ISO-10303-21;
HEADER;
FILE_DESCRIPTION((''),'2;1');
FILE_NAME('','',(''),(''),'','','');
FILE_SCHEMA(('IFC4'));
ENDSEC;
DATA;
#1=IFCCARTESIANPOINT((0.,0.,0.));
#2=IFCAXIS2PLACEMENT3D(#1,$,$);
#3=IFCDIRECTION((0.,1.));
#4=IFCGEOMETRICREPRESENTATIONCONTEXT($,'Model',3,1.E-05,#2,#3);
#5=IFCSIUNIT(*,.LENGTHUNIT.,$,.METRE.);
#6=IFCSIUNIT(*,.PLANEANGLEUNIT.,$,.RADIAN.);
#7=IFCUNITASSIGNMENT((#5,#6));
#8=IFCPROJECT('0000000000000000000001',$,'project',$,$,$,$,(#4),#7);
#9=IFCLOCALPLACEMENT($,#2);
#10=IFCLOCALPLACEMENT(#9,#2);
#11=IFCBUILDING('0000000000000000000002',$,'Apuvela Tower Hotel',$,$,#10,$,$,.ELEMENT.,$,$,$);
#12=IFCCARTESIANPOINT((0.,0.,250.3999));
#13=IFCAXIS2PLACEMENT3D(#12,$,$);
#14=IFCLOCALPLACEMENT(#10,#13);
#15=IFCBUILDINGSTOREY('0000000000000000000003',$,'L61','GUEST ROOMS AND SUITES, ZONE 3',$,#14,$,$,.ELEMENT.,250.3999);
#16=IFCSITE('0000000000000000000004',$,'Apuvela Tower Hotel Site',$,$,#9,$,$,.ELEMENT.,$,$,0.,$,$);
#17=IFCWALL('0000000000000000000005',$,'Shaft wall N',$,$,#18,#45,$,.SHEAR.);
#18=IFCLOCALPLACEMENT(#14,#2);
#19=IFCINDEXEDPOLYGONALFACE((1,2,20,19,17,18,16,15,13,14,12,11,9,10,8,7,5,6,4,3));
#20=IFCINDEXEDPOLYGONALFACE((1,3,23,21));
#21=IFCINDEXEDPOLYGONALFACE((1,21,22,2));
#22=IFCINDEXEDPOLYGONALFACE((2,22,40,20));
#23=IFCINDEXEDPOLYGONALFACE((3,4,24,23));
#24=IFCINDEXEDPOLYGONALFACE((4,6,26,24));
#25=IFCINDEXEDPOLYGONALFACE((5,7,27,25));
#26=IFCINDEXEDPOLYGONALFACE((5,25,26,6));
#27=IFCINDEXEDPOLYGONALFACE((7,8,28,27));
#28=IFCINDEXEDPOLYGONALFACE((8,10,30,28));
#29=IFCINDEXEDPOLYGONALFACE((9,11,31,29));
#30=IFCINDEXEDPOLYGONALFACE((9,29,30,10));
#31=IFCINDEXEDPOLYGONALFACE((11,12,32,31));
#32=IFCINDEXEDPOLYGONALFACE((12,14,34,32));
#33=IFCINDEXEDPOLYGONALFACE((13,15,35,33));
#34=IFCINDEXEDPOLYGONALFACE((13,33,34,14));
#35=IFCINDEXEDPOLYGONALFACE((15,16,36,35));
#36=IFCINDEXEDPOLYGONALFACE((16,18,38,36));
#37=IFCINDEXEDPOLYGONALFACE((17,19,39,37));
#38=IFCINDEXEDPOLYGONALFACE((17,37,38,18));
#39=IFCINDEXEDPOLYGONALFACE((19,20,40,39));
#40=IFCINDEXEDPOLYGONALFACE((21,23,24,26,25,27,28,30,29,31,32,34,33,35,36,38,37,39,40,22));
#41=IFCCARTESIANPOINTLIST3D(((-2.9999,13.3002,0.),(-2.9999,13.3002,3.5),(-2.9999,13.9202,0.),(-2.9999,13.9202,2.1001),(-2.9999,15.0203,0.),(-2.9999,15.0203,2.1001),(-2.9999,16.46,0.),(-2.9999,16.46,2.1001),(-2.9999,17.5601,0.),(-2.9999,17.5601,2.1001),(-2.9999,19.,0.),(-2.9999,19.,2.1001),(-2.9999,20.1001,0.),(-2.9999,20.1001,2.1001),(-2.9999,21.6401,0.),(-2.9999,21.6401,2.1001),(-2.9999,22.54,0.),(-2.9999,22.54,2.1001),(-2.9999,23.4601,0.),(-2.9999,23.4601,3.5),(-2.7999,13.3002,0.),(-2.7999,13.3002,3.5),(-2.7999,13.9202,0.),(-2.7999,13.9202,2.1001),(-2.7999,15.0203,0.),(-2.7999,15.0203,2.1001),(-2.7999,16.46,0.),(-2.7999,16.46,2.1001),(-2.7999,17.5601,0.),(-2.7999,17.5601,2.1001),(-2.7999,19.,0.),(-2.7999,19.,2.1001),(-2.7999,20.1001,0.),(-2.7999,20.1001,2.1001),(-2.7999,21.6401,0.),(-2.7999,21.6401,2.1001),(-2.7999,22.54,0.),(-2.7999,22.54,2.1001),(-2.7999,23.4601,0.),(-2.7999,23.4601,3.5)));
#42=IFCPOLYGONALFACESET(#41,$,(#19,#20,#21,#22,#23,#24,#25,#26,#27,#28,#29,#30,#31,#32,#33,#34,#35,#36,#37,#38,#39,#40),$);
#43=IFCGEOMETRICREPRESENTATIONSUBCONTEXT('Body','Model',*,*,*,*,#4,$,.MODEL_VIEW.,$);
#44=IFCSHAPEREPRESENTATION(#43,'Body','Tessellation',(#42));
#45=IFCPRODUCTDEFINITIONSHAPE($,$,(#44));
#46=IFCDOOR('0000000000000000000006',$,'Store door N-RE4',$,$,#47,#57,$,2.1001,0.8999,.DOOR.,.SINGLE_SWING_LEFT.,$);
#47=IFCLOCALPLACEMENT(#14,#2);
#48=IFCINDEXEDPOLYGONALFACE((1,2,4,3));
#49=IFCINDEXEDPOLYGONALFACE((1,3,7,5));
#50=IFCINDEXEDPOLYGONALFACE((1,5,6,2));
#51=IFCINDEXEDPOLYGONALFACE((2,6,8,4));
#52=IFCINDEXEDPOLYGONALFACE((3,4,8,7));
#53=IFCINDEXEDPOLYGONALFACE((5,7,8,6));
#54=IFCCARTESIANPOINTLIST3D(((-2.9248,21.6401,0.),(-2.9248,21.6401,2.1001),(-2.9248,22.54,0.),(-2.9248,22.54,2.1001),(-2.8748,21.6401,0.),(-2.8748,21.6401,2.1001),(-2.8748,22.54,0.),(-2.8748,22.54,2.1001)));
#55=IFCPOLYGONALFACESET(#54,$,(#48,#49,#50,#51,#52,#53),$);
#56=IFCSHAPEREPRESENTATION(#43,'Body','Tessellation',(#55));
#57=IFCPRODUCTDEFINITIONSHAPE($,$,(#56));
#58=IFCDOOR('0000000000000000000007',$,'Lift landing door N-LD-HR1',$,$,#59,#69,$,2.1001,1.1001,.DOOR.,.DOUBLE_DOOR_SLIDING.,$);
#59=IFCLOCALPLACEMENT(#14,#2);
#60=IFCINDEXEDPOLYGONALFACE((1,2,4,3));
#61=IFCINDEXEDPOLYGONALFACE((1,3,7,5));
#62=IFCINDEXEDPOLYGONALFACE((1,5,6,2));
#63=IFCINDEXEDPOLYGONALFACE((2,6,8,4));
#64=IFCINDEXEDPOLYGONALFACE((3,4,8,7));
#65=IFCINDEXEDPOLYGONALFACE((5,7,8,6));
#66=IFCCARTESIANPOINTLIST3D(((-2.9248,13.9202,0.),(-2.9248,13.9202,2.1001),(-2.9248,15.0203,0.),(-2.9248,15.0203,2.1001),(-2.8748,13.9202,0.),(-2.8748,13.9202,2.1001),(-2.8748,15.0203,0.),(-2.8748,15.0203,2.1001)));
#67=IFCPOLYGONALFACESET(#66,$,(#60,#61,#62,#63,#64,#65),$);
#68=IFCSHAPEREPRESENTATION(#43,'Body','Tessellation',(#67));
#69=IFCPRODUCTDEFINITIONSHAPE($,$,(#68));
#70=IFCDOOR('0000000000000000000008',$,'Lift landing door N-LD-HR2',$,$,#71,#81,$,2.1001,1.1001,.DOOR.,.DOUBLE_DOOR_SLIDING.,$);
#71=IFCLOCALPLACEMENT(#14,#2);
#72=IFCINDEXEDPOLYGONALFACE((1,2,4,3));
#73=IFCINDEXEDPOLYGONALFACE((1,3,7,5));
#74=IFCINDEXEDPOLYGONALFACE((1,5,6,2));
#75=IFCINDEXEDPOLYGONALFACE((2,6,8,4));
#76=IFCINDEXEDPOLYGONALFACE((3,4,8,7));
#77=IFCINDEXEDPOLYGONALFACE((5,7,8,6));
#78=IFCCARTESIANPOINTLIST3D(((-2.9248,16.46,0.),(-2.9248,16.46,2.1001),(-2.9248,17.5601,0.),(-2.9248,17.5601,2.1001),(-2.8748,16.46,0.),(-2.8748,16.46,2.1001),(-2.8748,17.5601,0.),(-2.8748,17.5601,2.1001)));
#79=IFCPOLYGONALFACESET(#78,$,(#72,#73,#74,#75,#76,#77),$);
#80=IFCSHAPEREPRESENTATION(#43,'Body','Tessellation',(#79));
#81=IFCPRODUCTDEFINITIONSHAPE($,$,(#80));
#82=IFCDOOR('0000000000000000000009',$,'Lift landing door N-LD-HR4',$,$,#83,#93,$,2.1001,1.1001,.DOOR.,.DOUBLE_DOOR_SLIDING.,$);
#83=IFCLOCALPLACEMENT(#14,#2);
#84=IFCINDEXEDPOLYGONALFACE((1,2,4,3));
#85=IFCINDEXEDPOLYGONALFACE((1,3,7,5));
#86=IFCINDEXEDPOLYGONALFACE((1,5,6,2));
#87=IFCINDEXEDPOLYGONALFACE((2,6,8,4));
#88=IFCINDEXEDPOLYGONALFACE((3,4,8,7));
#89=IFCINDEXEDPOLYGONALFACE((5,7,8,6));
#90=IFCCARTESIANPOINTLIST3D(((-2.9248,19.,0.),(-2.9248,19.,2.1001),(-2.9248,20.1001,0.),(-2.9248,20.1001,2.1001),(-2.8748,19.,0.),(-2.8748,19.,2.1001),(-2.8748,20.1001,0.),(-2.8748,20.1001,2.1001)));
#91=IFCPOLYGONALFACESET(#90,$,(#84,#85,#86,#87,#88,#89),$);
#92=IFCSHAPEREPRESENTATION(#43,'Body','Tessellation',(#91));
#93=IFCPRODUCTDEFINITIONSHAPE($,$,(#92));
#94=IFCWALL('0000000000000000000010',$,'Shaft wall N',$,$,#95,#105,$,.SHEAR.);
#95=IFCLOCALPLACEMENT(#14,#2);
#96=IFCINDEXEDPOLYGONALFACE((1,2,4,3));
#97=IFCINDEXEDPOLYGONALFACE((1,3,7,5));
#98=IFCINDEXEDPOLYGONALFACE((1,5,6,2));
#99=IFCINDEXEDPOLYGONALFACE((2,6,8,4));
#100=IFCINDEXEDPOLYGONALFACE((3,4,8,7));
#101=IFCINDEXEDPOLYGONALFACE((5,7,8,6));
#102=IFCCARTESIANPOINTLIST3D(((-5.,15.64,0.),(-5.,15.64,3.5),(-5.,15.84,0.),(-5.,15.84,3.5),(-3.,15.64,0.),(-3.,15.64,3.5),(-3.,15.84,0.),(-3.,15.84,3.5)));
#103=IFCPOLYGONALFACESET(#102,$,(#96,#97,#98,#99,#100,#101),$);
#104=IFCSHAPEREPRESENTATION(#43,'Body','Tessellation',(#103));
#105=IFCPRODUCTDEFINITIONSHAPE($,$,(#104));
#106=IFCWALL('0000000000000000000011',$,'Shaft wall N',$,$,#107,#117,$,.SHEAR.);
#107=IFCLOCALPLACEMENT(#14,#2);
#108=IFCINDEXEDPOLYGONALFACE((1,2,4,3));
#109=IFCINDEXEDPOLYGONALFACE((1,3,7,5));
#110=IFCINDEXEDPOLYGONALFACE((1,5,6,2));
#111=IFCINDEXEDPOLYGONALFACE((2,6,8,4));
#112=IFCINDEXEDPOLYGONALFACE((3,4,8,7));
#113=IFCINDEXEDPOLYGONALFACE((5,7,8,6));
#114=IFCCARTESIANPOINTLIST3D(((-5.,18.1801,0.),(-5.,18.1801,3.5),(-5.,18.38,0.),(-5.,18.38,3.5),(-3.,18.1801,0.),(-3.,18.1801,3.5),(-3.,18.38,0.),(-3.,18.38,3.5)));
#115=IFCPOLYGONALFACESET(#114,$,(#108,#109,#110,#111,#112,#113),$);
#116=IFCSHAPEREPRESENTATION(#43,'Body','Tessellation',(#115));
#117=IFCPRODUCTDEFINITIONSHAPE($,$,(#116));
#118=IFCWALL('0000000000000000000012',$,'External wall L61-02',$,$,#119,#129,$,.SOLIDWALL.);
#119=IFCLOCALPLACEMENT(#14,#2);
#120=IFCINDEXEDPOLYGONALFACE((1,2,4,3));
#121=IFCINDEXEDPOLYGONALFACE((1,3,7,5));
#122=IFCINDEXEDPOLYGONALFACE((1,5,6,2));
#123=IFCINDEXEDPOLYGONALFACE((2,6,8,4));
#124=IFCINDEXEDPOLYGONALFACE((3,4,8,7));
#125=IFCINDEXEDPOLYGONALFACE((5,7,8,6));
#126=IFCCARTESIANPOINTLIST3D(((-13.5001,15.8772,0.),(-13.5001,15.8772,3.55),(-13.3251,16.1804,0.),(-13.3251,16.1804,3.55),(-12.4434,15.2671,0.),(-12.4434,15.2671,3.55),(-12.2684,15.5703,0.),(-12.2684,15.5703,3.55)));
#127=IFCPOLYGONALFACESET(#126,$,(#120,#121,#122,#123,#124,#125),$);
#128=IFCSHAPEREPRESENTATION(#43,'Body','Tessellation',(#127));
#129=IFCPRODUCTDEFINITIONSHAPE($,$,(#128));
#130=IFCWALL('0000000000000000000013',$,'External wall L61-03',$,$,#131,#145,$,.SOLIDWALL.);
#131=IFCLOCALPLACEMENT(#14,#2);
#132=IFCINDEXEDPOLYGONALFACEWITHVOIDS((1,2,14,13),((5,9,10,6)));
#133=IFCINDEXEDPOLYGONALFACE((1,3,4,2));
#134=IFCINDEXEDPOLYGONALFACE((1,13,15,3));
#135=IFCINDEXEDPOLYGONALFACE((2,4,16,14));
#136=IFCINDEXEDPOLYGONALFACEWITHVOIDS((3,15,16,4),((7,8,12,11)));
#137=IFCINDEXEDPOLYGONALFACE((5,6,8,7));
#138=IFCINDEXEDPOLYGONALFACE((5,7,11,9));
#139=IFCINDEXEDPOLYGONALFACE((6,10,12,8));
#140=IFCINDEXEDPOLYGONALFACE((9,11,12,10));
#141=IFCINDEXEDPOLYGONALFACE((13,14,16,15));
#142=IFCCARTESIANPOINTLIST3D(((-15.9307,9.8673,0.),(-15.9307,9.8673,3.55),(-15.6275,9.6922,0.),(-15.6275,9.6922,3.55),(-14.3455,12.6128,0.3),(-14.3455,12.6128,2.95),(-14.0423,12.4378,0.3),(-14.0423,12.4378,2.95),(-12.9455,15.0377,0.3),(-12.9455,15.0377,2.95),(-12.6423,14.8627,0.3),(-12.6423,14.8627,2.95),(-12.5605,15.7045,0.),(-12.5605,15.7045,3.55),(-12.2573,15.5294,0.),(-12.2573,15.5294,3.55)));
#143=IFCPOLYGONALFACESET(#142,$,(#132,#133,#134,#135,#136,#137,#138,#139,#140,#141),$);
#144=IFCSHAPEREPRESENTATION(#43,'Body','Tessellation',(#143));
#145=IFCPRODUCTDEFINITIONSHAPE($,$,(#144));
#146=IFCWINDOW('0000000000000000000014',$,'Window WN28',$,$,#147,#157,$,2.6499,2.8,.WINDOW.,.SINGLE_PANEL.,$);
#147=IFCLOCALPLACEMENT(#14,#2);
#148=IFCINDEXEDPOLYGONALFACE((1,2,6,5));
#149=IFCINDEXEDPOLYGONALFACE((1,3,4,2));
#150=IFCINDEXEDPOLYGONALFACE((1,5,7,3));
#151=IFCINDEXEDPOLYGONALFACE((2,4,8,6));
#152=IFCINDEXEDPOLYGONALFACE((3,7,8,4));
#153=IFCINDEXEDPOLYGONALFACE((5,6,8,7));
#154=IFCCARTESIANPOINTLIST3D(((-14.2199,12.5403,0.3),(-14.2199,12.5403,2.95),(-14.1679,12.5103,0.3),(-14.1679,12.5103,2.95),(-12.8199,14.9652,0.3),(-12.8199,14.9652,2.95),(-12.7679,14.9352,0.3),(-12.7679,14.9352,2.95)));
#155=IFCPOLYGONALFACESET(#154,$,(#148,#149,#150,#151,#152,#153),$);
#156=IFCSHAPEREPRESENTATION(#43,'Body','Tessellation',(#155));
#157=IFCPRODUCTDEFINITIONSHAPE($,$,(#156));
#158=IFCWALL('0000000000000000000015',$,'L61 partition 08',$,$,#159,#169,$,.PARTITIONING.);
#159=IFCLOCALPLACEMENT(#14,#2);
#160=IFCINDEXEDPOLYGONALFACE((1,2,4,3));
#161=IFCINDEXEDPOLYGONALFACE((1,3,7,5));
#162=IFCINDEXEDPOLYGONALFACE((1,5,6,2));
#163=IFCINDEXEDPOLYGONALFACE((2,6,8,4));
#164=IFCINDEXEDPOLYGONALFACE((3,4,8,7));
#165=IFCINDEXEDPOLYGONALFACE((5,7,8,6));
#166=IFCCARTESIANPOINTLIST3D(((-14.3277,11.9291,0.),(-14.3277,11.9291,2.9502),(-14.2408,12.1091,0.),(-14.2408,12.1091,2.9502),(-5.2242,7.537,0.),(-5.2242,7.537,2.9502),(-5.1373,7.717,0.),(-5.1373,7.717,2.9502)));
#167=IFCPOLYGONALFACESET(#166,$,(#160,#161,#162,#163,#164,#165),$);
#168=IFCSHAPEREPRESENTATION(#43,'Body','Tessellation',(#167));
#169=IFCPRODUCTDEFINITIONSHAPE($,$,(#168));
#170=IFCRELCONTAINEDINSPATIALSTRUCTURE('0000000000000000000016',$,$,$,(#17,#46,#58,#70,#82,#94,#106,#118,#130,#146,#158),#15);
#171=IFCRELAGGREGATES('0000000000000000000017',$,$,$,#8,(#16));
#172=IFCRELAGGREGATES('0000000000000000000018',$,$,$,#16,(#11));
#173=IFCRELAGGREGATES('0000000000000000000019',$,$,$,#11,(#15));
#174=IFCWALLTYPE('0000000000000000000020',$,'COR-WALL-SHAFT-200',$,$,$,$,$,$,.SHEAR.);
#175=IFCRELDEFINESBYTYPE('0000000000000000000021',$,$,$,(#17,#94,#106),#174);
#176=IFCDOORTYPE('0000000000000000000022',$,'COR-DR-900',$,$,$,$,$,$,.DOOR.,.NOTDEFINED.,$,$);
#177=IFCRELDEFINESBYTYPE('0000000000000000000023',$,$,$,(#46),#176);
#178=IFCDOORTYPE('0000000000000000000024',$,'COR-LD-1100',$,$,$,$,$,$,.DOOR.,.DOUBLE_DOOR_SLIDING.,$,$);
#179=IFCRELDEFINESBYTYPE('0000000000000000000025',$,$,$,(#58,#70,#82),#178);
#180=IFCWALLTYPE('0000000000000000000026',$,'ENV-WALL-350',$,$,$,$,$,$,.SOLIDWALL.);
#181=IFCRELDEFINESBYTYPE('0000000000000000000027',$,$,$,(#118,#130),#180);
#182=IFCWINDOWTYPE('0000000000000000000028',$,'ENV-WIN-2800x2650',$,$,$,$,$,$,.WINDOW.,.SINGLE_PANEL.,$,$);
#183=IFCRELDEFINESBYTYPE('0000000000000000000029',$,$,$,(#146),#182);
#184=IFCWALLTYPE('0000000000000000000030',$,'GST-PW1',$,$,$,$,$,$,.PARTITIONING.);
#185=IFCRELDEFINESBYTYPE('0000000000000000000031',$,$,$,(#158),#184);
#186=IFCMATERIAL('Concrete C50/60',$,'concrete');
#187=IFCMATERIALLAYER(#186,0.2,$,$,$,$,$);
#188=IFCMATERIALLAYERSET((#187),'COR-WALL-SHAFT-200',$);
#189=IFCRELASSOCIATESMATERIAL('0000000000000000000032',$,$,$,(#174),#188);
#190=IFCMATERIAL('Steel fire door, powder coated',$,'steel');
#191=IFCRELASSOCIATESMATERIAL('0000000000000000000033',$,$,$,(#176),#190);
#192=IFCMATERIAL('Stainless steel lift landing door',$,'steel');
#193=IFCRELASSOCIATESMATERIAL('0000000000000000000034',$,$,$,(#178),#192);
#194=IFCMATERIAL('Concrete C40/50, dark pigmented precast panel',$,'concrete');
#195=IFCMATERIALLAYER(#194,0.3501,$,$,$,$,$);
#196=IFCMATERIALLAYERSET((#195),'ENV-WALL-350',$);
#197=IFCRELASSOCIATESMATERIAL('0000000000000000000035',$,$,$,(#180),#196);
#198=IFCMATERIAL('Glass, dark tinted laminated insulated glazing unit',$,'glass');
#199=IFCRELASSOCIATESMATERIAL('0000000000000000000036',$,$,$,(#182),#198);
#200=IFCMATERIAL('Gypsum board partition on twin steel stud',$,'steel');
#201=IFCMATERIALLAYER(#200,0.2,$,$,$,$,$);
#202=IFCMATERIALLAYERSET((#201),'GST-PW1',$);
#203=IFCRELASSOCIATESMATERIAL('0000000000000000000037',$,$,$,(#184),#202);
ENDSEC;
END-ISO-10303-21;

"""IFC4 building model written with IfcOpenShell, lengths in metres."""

from ifc_helpers import new_model, si_unit, direction, frame, frame_2d, origin, place, context, subcontext, project, spatial, rectangle, extrude, material, layer, layer_set, type_object, element, fill, save


model = new_model("IFC4")

# Units and contexts
model_context = context("Model", 3, precision=1e-05, world=origin(), true_north=direction((0.0, 1.0)))
body_context = subcontext(model_context, "Body", "Model", "MODEL_VIEW")
ifc_project = project(units=[si_unit("LENGTHUNIT", "METRE"), si_unit("PLANEANGLEUNIT", "RADIAN")], contexts=[model_context])

# Site, building, storey
site_placement = place(None, origin())
site = spatial("IfcSite", under=ifc_project, at=site_placement, Name="Apuvela Tower Hotel Site", CompositionType="ELEMENT", RefElevation=0.0)
building_placement = place(site_placement, origin())
building = spatial("IfcBuilding", under=site, at=building_placement, Name="Apuvela Tower Hotel", CompositionType="ELEMENT")
storey_placement = place(building_placement, frame((0.0, 0.0, 250.3999)))
storey = spatial("IfcBuildingStorey", under=building, at=storey_placement, Name="L61", Description="GUEST ROOMS AND SUITES, ZONE 3", CompositionType="ELEMENT", Elevation=250.3999)

# Shared definitions
ifc_material_1 = material(Name="Concrete C50/60", Category="concrete")
ifc_layer_1 = layer(ifc_material_1, 0.2)
ifc_layer_set_1 = layer_set([ifc_layer_1], Name="COR-WALL-SHAFT-200")
wall_type_1 = type_object("IfcWallType", Name="COR-WALL-SHAFT-200", PredefinedType="SHEAR", material=ifc_layer_set_1)

# Wall, openings, doors
wall_1_placement = place(storey_placement, frame((-2.8999, 13.3, 0.0), z_axis=(0.0, 0.0, 1.0), x_axis=(0.0, 1.0, 0.0)))
wall_1 = element("IfcWall", 1, at=wall_1_placement, inside=storey, type_object=wall_type_1, Name="Shaft wall N", PredefinedType="SHEAR", context=body_context, shape_type="SweptSolid", body=[
    extrude(rectangle(XDim=10.1599, YDim=0.2, at=frame_2d((5.0801, 0.0))), origin(), (0.0, 0.0, 1.0), 3.5),
])
opening_1_placement = place(wall_1_placement, frame((0.6201, 0.0, 0.0)))
opening_1 = element("IfcOpeningElement", 2, at=opening_1_placement, cuts=wall_1, PredefinedType="OPENING", context=body_context, shape_type="SweptSolid", body=[
    extrude(rectangle(XDim=1.1001, YDim=2.1001, at=frame_2d((0.55, 1.05))), frame((0.0, 0.1099, 0.0), z_axis=(0.0, -1.0, 0.0), x_axis=(1.0, 0.0, 0.0)), (0.0, 0.0, 1.0), 0.22),
])
opening_2_placement = place(wall_1_placement, frame((3.1599, 0.0, 0.0)))
opening_2 = element("IfcOpeningElement", 3, at=opening_2_placement, cuts=wall_1, PredefinedType="OPENING", context=body_context, shape_type="SweptSolid", body=[
    extrude(rectangle(XDim=1.1001, YDim=2.1001, at=frame_2d((0.55, 1.05))), frame((0.0, 0.1099, 0.0), z_axis=(0.0, -1.0, 0.0), x_axis=(1.0, 0.0, 0.0)), (0.0, 0.0, 1.0), 0.22),
])
opening_3_placement = place(wall_1_placement, frame((5.7, 0.0, 0.0)))
opening_3 = element("IfcOpeningElement", 4, at=opening_3_placement, cuts=wall_1, PredefinedType="OPENING", context=body_context, shape_type="SweptSolid", body=[
    extrude(rectangle(XDim=1.1001, YDim=2.1001, at=frame_2d((0.55, 1.05))), frame((0.0, 0.1099, 0.0), z_axis=(0.0, -1.0, 0.0), x_axis=(1.0, 0.0, 0.0)), (0.0, 0.0, 1.0), 0.22),
])
opening_4_placement = place(wall_1_placement, frame((8.3401, 0.0, 0.0)))
opening_4 = element("IfcOpeningElement", 5, at=opening_4_placement, cuts=wall_1, PredefinedType="OPENING", context=body_context, shape_type="SweptSolid", body=[
    extrude(rectangle(XDim=0.8999, YDim=2.1001, at=frame_2d((0.45, 1.05))), frame((0.0, 0.1099, 0.0), z_axis=(0.0, -1.0, 0.0), x_axis=(1.0, 0.0, 0.0)), (0.0, 0.0, 1.0), 0.22),
])
ifc_material_2 = material(Name="Steel fire door, powder coated", Category="steel")
door_type_1 = type_object("IfcDoorType", Name="COR-DR-900", OperationType="NOTDEFINED", PredefinedType="DOOR", material=ifc_material_2)
door_1_placement = place(opening_4_placement, origin())
door_1 = element("IfcDoor", 6, at=door_1_placement, inside=storey, type_object=door_type_1, Name="Store door N-RE4", OperationType="SINGLE_SWING_LEFT", OverallHeight=2.1001, OverallWidth=0.8999, PredefinedType="DOOR", context=body_context, shape_type="SweptSolid", body=[
    extrude(rectangle(XDim=0.8999, YDim=2.1001, at=frame_2d((0.45, 1.05))), frame((0.0, 0.0249, 0.0), z_axis=(0.0, -1.0, 0.0), x_axis=(1.0, 0.0, 0.0)), (0.0, 0.0, 1.0), 0.05),
])
fill(opening_4, door_1)
ifc_material_3 = material(Name="Stainless steel lift landing door", Category="steel")
door_type_2 = type_object("IfcDoorType", Name="COR-LD-1100", OperationType="DOUBLE_DOOR_SLIDING", PredefinedType="DOOR", material=ifc_material_3)
door_2_placement = place(opening_1_placement, origin())
door_2 = element("IfcDoor", 7, at=door_2_placement, inside=storey, type_object=door_type_2, Name="Lift landing door N-LD-HR1", OperationType="DOUBLE_DOOR_SLIDING", OverallHeight=2.1001, OverallWidth=1.1001, PredefinedType="DOOR", context=body_context, shape_type="SweptSolid", body=[
    extrude(rectangle(XDim=1.1001, YDim=2.1001, at=frame_2d((0.55, 1.05))), frame((0.0, 0.0249, 0.0), z_axis=(0.0, -1.0, 0.0), x_axis=(1.0, 0.0, 0.0)), (0.0, 0.0, 1.0), 0.05),
])
fill(opening_1, door_2)
door_3_placement = place(opening_2_placement, origin())
door_3 = element("IfcDoor", 8, at=door_3_placement, inside=storey, type_object=door_type_2, Name="Lift landing door N-LD-HR2", OperationType="DOUBLE_DOOR_SLIDING", OverallHeight=2.1001, OverallWidth=1.1001, PredefinedType="DOOR", context=body_context, shape_type="SweptSolid", body=[
    extrude(rectangle(XDim=1.1001, YDim=2.1001, at=frame_2d((0.55, 1.05))), frame((0.0, 0.0249, 0.0), z_axis=(0.0, -1.0, 0.0), x_axis=(1.0, 0.0, 0.0)), (0.0, 0.0, 1.0), 0.05),
])
fill(opening_2, door_3)
door_4_placement = place(opening_3_placement, origin())
door_4 = element("IfcDoor", 9, at=door_4_placement, inside=storey, type_object=door_type_2, Name="Lift landing door N-LD-HR4", OperationType="DOUBLE_DOOR_SLIDING", OverallHeight=2.1001, OverallWidth=1.1001, PredefinedType="DOOR", context=body_context, shape_type="SweptSolid", body=[
    extrude(rectangle(XDim=1.1001, YDim=2.1001, at=frame_2d((0.55, 1.05))), frame((0.0, 0.0249, 0.0), z_axis=(0.0, -1.0, 0.0), x_axis=(1.0, 0.0, 0.0)), (0.0, 0.0, 1.0), 0.05),
])
fill(opening_3, door_4)

# Walls
for number, where, z_axis, x_axis, name in (
    (10, (-3.0, 15.74, 0.0), (0.0, 0.0, 1.0), (-1.0, 0.0, 0.0), "Shaft wall N"),
    (11, (-3.0, 18.28, 0.0), (0.0, 0.0, 1.0), (-1.0, 0.0, 0.0), "Shaft wall N"),
):
    element("IfcWall", number, at=place(storey_placement, frame(where, z_axis=z_axis, x_axis=x_axis)), inside=storey, type_object=wall_type_1, Name=name, PredefinedType="SHEAR", context=body_context, shape_type="SweptSolid", body=[
        extrude(rectangle(XDim=2.0, YDim=0.2, at=frame_2d((1.0, 0.0))), origin(), (0.0, 0.0, 1.0), 3.5),
    ])
ifc_material_4 = material(Name="Concrete C40/50, dark pigmented precast panel", Category="concrete")
ifc_layer_2 = layer(ifc_material_4, 0.3501)
ifc_layer_set_2 = layer_set([ifc_layer_2], Name="ENV-WALL-350")
wall_type_2 = type_object("IfcWallType", Name="ENV-WALL-350", PredefinedType="SOLIDWALL", material=ifc_layer_set_2)
wall_2_placement = place(storey_placement, frame((-13.4126, 16.0288, 0.0), z_axis=(0.0, 0.0, 1.0), x_axis=(0.866006, -0.500034, 0.0)))
element("IfcWall", 12, at=wall_2_placement, inside=storey, type_object=wall_type_2, Name="External wall L61-02", PredefinedType="SOLIDWALL", context=body_context, shape_type="SweptSolid", body=[
    extrude(rectangle(XDim=1.2202, YDim=0.3501, at=frame_2d((0.6101, 0.0))), origin(), (0.0, 0.0, 1.0), 3.55),
])

# Wall, opening, window
wall_3_placement = place(storey_placement, frame((-12.4089, 15.6169, 0.0), z_axis=(0.0, 0.0, 1.0), x_axis=(-0.500004, -0.866023, 0.0)))
wall_3 = element("IfcWall", 13, at=wall_3_placement, inside=storey, type_object=wall_type_2, Name="External wall L61-03", PredefinedType="SOLIDWALL", context=body_context, shape_type="SweptSolid", body=[
    extrude(rectangle(XDim=6.7402, YDim=0.3501, at=frame_2d((3.3701, 0.0))), origin(), (0.0, 0.0, 1.0), 3.55),
])
opening_5_placement = place(wall_3_placement, frame((0.77, 0.0, 0.3)))
opening_5 = element("IfcOpeningElement", 14, at=opening_5_placement, cuts=wall_3, PredefinedType="OPENING", context=body_context, shape_type="SweptSolid", body=[
    extrude(rectangle(XDim=2.8, YDim=2.6499, at=frame_2d((1.3999, 1.325))), frame((0.0, 0.1851, 0.0), z_axis=(0.0, -1.0, 0.0), x_axis=(1.0, 0.0, 0.0)), (0.0, 0.0, 1.0), 0.3701),
])
ifc_material_5 = material(Name="Glass, dark tinted laminated insulated glazing unit", Category="glass")
window_type = type_object("IfcWindowType", Name="ENV-WIN-2800x2650", PartitioningType="SINGLE_PANEL", PredefinedType="WINDOW", material=ifc_material_5)
window_placement = place(opening_5_placement, origin())
window = element("IfcWindow", 15, at=window_placement, inside=storey, type_object=window_type, Name="Window WN28", OverallHeight=2.6499, OverallWidth=2.8, PartitioningType="SINGLE_PANEL", PredefinedType="WINDOW", context=body_context, shape_type="SweptSolid", body=[
    extrude(rectangle(XDim=2.8, YDim=2.6499, at=frame_2d((1.3999, 1.325))), frame((0.0, 0.03, 0.0), z_axis=(0.0, -1.0, 0.0), x_axis=(1.0, 0.0, 0.0)), (0.0, 0.0, 1.0), 0.0601),
])
fill(opening_5, window)

# Wall
ifc_material_6 = material(Name="Gypsum board partition on twin steel stud", Category="steel")
ifc_layer_3 = layer(ifc_material_6, 0.2)
ifc_layer_set_3 = layer_set([ifc_layer_3], Name="GST-PW1")
wall_type_3 = type_object("IfcWallType", Name="GST-PW1", PredefinedType="PARTITIONING", material=ifc_layer_set_3)
wall_4_placement = place(storey_placement, frame((-14.2842, 12.019, 0.0), z_axis=(0.0, 0.0, 1.0), x_axis=(0.900657, -0.434532, 0.0)))
element("IfcWall", 16, at=wall_4_placement, inside=storey, type_object=wall_type_3, Name="L61 partition 08", PredefinedType="PARTITIONING", context=body_context, shape_type="SweptSolid", body=[
    extrude(rectangle(XDim=10.1077, YDim=0.2, at=frame_2d((5.0537, 0.0))), origin(), (0.0, 0.0, 1.0), 2.9502),
])

save(model, "model.ifc")
